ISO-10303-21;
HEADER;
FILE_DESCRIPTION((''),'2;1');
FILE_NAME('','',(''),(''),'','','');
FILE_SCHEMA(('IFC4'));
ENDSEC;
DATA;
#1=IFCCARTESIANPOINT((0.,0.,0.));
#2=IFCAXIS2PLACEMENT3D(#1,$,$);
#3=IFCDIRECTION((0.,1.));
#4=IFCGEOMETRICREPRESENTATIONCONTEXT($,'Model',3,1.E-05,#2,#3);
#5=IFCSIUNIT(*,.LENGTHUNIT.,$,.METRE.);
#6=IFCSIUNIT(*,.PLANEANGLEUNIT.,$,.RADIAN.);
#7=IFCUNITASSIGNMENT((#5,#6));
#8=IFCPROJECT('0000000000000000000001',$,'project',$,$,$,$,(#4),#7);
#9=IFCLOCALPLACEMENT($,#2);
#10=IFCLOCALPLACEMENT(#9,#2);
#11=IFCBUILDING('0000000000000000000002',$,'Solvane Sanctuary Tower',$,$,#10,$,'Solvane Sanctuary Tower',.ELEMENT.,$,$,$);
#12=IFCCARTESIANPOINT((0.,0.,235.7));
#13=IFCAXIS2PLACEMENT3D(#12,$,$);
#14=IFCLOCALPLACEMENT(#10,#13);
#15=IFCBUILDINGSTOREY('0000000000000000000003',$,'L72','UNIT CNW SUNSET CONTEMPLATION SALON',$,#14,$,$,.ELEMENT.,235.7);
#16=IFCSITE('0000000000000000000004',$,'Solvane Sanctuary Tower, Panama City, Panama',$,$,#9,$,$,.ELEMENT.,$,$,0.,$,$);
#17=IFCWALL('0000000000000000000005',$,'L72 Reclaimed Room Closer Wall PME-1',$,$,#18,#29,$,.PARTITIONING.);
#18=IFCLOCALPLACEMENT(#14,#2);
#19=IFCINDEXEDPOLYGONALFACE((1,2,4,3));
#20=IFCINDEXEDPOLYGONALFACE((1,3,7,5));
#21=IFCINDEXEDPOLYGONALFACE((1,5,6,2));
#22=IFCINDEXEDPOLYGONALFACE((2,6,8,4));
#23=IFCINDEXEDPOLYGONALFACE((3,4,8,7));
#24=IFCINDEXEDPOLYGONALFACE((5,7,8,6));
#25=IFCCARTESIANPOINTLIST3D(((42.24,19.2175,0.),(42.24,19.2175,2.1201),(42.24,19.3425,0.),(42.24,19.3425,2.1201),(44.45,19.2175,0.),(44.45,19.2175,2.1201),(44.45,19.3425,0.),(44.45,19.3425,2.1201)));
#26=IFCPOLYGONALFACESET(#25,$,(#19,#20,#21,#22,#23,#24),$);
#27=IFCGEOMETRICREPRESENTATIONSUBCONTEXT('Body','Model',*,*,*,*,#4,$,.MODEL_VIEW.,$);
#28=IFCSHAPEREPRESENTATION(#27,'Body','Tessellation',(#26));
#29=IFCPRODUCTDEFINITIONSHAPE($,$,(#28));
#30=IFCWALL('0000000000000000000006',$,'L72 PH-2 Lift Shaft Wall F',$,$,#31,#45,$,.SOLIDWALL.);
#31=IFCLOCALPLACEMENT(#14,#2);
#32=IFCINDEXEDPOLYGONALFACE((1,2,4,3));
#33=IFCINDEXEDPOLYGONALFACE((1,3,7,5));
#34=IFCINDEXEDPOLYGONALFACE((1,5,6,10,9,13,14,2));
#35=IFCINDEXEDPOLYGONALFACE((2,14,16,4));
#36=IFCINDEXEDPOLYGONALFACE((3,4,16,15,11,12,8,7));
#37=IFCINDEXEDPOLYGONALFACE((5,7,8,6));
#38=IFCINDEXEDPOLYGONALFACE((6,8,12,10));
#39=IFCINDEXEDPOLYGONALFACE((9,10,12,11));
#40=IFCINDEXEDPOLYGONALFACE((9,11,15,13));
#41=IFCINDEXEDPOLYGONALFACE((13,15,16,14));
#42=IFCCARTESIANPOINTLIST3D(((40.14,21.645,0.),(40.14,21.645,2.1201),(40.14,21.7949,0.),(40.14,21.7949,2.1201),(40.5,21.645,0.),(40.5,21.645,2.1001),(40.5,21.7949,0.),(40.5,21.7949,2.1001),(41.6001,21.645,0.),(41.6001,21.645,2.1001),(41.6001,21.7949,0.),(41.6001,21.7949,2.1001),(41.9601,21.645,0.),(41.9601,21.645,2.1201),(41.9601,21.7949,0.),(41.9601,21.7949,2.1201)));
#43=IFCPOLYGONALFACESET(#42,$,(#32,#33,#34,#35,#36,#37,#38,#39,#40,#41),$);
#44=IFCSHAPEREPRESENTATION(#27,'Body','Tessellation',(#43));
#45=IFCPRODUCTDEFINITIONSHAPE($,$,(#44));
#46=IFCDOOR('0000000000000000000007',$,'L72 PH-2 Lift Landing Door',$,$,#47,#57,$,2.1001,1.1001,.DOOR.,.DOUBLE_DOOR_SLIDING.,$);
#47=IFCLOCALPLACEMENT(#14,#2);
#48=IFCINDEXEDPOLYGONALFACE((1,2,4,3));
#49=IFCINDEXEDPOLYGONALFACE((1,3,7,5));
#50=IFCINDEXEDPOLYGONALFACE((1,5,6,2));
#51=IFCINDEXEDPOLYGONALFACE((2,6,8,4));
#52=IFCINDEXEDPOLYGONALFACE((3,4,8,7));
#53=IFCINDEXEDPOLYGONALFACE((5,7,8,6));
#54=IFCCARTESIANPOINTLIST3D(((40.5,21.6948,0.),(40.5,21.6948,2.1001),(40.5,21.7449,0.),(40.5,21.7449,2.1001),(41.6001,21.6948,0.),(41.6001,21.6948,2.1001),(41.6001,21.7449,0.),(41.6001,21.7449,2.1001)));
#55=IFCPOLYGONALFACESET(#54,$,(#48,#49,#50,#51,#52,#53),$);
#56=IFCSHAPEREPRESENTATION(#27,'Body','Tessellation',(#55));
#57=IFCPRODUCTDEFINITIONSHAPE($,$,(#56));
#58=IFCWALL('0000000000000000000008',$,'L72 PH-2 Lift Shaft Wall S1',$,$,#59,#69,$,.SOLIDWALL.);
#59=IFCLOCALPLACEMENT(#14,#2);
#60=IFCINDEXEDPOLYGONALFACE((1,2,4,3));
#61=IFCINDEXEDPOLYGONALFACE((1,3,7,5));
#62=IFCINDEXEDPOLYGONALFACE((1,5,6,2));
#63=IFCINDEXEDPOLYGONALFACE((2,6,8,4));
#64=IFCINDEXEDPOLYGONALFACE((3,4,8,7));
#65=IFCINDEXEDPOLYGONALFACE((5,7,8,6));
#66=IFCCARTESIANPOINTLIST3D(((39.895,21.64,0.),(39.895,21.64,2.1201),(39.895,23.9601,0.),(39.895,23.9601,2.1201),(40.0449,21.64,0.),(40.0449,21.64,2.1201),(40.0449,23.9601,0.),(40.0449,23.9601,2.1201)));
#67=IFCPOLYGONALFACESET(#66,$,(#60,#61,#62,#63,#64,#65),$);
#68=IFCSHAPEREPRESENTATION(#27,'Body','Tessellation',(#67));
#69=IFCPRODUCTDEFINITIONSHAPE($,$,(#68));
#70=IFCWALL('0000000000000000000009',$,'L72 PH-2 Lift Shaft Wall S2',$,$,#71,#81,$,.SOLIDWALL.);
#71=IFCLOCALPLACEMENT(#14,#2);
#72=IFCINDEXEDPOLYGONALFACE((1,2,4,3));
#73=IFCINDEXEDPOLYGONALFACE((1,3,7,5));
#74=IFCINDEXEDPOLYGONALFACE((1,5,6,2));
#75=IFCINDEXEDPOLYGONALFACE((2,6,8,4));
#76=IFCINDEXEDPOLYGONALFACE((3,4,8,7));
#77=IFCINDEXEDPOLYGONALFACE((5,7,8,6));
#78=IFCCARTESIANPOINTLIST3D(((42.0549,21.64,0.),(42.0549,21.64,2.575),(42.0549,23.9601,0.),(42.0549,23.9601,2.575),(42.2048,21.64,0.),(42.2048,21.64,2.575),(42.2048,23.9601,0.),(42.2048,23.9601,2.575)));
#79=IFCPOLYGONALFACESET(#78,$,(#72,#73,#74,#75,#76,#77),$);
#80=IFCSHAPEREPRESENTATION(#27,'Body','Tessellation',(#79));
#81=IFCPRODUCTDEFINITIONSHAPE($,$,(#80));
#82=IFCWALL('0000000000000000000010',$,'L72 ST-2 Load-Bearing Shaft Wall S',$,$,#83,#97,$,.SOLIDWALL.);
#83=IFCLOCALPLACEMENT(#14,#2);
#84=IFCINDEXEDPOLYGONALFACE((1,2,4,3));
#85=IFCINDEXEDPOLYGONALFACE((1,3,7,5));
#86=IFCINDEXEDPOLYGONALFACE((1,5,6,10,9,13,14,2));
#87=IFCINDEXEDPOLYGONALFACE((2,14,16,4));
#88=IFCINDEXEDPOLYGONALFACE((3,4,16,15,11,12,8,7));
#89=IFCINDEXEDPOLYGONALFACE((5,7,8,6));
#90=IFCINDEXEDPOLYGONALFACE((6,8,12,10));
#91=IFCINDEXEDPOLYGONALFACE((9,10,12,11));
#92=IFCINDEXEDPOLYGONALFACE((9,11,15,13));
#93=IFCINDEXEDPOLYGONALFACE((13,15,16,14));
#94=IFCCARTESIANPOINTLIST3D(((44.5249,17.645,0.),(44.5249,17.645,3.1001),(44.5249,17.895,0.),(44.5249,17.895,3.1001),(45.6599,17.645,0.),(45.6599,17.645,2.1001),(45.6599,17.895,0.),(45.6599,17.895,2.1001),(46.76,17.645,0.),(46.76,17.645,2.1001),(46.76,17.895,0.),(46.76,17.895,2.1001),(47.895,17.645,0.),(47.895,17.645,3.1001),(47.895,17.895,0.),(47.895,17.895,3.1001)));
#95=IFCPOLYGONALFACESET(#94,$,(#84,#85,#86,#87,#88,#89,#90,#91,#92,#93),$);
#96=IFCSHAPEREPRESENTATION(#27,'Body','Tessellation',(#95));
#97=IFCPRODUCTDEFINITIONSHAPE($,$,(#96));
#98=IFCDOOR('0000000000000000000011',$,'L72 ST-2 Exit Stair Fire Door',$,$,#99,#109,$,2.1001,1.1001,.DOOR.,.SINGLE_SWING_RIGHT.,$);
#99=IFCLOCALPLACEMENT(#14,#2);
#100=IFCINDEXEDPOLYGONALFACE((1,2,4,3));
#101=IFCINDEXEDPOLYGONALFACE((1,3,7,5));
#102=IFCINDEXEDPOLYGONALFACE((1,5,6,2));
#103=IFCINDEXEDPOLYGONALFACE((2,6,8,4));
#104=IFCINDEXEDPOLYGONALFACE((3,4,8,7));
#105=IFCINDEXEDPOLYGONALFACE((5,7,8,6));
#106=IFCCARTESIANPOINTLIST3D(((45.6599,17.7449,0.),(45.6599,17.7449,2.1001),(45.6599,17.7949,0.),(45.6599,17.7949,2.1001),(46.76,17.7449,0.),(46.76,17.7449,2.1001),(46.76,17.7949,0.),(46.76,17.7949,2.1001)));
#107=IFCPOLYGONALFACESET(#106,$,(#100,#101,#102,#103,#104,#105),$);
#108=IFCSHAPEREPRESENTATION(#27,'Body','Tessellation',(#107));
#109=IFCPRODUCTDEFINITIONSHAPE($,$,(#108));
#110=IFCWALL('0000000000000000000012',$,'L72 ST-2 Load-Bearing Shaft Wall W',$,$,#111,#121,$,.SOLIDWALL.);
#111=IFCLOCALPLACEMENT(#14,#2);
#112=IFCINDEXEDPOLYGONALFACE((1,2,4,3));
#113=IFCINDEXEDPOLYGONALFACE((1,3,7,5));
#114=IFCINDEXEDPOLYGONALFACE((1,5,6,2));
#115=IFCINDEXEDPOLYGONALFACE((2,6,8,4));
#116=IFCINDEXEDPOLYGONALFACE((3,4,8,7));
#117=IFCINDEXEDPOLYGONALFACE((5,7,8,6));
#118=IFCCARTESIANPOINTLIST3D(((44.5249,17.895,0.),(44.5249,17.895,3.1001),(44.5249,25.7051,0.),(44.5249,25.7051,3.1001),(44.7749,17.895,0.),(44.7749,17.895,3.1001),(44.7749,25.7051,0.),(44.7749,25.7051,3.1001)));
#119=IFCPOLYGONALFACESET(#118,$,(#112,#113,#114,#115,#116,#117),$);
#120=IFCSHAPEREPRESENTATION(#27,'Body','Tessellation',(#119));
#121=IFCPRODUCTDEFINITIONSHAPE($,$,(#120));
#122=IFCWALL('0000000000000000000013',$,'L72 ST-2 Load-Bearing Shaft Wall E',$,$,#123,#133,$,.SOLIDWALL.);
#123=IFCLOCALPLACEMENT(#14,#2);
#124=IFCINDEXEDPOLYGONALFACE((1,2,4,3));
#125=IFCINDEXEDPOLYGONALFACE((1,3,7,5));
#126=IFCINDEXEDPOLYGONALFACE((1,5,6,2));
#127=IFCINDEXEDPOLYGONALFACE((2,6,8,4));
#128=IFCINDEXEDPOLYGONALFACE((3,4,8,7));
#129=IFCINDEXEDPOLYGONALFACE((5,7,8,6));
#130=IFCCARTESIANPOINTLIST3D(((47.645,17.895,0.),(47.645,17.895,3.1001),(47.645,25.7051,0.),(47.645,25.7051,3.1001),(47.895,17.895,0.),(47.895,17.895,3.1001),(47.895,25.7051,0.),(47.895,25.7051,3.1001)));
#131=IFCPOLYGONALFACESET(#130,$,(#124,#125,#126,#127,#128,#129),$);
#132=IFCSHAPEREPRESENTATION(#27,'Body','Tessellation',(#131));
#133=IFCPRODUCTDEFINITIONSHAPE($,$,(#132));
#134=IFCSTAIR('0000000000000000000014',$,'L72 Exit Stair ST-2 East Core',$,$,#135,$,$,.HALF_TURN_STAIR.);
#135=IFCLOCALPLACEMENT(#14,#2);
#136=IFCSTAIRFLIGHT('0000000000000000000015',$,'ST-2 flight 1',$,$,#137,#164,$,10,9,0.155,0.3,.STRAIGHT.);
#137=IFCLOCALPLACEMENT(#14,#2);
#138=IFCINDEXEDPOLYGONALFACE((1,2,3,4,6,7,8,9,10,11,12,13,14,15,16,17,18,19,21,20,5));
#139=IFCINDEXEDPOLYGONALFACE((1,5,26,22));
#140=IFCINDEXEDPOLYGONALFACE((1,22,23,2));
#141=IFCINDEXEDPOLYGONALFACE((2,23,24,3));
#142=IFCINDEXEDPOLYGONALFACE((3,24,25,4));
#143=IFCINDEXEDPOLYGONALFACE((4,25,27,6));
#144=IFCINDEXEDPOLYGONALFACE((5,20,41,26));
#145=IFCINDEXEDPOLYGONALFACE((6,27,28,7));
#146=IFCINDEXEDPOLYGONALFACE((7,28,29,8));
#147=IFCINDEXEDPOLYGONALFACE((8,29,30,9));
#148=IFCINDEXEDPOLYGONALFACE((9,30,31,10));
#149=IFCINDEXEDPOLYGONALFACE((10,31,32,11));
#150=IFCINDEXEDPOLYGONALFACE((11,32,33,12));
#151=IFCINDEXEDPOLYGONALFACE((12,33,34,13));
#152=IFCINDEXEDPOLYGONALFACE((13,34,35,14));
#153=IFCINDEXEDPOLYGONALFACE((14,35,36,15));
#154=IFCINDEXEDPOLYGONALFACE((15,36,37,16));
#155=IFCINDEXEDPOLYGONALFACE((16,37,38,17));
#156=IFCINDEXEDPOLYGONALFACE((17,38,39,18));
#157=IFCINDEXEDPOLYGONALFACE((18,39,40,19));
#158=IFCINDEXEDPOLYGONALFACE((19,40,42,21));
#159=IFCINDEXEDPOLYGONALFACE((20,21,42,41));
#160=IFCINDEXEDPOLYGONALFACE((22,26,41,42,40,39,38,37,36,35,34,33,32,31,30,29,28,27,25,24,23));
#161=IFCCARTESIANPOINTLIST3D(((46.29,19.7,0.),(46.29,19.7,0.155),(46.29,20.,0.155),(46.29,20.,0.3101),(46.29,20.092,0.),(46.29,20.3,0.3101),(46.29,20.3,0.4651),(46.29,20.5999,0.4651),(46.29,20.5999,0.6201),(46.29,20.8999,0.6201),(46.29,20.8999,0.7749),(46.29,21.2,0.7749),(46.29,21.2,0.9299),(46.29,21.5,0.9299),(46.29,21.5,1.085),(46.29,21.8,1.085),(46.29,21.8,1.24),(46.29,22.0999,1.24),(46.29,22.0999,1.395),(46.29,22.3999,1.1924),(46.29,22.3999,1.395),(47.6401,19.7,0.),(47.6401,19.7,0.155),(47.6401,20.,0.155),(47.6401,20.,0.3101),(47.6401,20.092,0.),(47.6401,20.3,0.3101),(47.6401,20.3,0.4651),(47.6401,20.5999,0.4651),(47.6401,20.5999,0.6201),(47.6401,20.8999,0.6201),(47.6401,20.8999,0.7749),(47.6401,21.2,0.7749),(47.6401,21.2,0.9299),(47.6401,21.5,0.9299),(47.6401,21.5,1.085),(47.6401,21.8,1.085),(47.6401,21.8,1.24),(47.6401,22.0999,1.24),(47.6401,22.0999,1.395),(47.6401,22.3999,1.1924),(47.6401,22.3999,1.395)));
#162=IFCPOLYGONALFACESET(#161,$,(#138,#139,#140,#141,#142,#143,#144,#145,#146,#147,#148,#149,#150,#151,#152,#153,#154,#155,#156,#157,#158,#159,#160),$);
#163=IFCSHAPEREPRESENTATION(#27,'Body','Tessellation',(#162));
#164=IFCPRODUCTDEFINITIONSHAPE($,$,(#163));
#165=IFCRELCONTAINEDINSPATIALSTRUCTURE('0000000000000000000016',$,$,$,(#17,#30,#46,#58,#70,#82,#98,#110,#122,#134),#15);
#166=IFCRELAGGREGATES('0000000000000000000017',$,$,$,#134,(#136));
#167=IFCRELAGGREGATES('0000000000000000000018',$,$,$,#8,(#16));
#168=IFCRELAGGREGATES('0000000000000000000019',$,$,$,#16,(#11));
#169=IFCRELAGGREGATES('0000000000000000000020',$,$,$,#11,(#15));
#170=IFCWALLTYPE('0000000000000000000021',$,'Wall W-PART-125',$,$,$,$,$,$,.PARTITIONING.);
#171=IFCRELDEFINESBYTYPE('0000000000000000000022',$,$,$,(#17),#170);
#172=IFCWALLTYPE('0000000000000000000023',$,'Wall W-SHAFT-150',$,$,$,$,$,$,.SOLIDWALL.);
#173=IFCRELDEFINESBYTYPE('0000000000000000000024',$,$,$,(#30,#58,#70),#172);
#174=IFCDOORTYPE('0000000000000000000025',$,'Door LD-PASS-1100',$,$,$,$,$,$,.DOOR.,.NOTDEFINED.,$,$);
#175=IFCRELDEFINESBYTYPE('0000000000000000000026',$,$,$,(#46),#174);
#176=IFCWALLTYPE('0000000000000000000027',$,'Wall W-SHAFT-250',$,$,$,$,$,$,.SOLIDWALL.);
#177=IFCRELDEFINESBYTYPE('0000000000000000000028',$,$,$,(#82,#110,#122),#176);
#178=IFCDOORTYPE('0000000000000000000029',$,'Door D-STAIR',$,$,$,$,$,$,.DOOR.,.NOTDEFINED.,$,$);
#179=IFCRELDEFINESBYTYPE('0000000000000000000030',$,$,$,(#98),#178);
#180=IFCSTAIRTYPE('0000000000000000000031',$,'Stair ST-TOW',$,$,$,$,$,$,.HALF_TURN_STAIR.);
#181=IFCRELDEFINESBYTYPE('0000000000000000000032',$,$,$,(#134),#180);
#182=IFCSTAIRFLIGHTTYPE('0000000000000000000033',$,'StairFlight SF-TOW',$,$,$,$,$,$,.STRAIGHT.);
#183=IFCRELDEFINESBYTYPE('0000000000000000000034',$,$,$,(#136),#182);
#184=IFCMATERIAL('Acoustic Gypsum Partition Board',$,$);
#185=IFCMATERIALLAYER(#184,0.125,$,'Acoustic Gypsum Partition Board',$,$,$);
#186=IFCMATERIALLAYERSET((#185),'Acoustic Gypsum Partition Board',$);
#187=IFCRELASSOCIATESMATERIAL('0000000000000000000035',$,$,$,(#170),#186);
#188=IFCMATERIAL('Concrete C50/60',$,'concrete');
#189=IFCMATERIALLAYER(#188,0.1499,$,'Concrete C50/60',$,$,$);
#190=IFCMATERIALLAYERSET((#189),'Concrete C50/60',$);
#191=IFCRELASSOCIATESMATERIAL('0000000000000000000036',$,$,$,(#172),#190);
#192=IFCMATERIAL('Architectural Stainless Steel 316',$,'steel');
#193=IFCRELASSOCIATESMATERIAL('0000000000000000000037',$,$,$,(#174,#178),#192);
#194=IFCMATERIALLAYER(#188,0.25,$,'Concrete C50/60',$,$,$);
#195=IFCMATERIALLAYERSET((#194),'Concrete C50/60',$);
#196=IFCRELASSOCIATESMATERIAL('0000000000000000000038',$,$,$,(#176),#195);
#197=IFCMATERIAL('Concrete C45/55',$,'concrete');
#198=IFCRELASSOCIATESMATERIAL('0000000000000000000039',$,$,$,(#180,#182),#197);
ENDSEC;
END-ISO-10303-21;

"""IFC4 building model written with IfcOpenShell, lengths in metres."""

from ifc_helpers import new_model, si_unit, direction, frame, frame_2d, origin, place, context, subcontext, project, spatial, polyline, rectangle, outline, extrude, material, layer, layer_set, type_object, element, fill, aggregate, save


model = new_model("IFC4")

# Units and contexts
model_context = context("Model", 3, precision=1e-05, world=origin(), true_north=direction((0.0, 1.0)))
body_context = subcontext(model_context, "Body", "Model", "MODEL_VIEW")
ifc_project = project(units=[si_unit("LENGTHUNIT", "METRE"), si_unit("PLANEANGLEUNIT", "RADIAN")], contexts=[model_context])

# Site, building, storey
site_placement = place(None, origin())
site = spatial("IfcSite", under=ifc_project, at=site_placement, Name="Solvane Sanctuary Tower, Panama City, Panama", CompositionType="ELEMENT", RefElevation=0.0)
building_placement = place(site_placement, origin())
building = spatial("IfcBuilding", under=site, at=building_placement, Name="Solvane Sanctuary Tower", LongName="Solvane Sanctuary Tower", CompositionType="ELEMENT")
storey_placement = place(building_placement, frame((0.0, 0.0, 235.7)))
storey = spatial("IfcBuildingStorey", under=building, at=storey_placement, Name="L72", Description="UNIT CNW SUNSET CONTEMPLATION SALON", CompositionType="ELEMENT", Elevation=235.7)

# Shared definitions
ifc_material_1 = material(Name="Acoustic Gypsum Partition Board")

# Shared definitions
ifc_layer_1 = layer(ifc_material_1, 0.125, Name="Acoustic Gypsum Partition Board")
ifc_layer_set_1 = layer_set([ifc_layer_1], Name="Acoustic Gypsum Partition Board")
wall_type_1 = type_object("IfcWallType", Name="Wall W-PART-125", PredefinedType="PARTITIONING", material=ifc_layer_set_1)
ifc_material_2 = material(Name="Architectural Stainless Steel 316", Category="steel")

# Wall
wall_1_placement = place(storey_placement, frame((42.24, 19.28, 0.0), z_axis=(0.0, 0.0, 1.0), x_axis=(1.0, 0.0, 0.0)))
element("IfcWall", 1, at=wall_1_placement, inside=storey, type_object=wall_type_1, Name="L72 Reclaimed Room Closer Wall PME-1", PredefinedType="PARTITIONING", context=body_context, shape_type="SweptSolid", body=[
    extrude(rectangle(XDim=2.21, YDim=0.125, at=frame_2d((1.105, 0.0))), origin(), (0.0, 0.0, 1.0), 2.1201),
])

# Wall, opening, door
ifc_material_3 = material(Name="Concrete C50/60", Category="concrete")
ifc_layer_2 = layer(ifc_material_3, 0.1499, Name="Concrete C50/60")
ifc_layer_set_2 = layer_set([ifc_layer_2], Name="Concrete C50/60")
wall_type_2 = type_object("IfcWallType", Name="Wall W-SHAFT-150", PredefinedType="SOLIDWALL", material=ifc_layer_set_2)
wall_2_placement = place(storey_placement, frame((40.1399, 21.72, 0.0), z_axis=(0.0, 0.0, 1.0), x_axis=(1.0, 0.0, 0.0)))
wall_2 = element("IfcWall", 2, at=wall_2_placement, inside=storey, type_object=wall_type_2, Name="L72 PH-2 Lift Shaft Wall F", PredefinedType="SOLIDWALL", context=body_context, shape_type="SweptSolid", body=[
    extrude(rectangle(XDim=1.8201, YDim=0.1499, at=frame_2d((0.9102, 0.0))), origin(), (0.0, 0.0, 1.0), 2.1201),
])
opening_1_placement = place(wall_2_placement, frame((0.3601, 0.0, 0.0)))
opening_1 = element("IfcOpeningElement", 3, at=opening_1_placement, cuts=wall_2, PredefinedType="OPENING", context=body_context, shape_type="SweptSolid", body=[
    extrude(rectangle(XDim=1.1001, YDim=2.1001, at=frame_2d((0.55, 1.05))), frame((0.0, 0.085, 0.0), z_axis=(0.0, -1.0, 0.0), x_axis=(1.0, 0.0, 0.0)), (0.0, 0.0, 1.0), 0.1699),
])
door_type_1 = type_object("IfcDoorType", Name="Door LD-PASS-1100", OperationType="NOTDEFINED", PredefinedType="DOOR", material=ifc_material_2)
door_1_placement = place(opening_1_placement, origin())
door_1 = element("IfcDoor", 4, at=door_1_placement, inside=storey, type_object=door_type_1, Name="L72 PH-2 Lift Landing Door", OperationType="DOUBLE_DOOR_SLIDING", OverallHeight=2.1001, OverallWidth=1.1001, PredefinedType="DOOR", context=body_context, shape_type="SweptSolid", body=[
    extrude(rectangle(XDim=1.1001, YDim=2.1001, at=frame_2d((0.55, 1.05))), frame((0.0, 0.0249, 0.0), z_axis=(0.0, -1.0, 0.0), x_axis=(1.0, 0.0, 0.0)), (0.0, 0.0, 1.0), 0.05),
])
fill(opening_1, door_1)

# Walls
wall_3_placement = place(storey_placement, frame((39.97, 21.6399, 0.0), z_axis=(0.0, 0.0, 1.0), x_axis=(0.0, 1.0, 0.0)))
element("IfcWall", 5, at=wall_3_placement, inside=storey, type_object=wall_type_2, Name="L72 PH-2 Lift Shaft Wall S1", PredefinedType="SOLIDWALL", context=body_context, shape_type="SweptSolid", body=[
    extrude(rectangle(XDim=2.3201, YDim=0.1499, at=frame_2d((1.1602, 0.0))), origin(), (0.0, 0.0, 1.0), 2.1201),
])
wall_4_placement = place(storey_placement, frame((42.1299, 21.6399, 0.0), z_axis=(0.0, 0.0, 1.0), x_axis=(0.0, 1.0, 0.0)))
element("IfcWall", 6, at=wall_4_placement, inside=storey, type_object=wall_type_2, Name="L72 PH-2 Lift Shaft Wall S2", PredefinedType="SOLIDWALL", context=body_context, shape_type="SweptSolid", body=[
    extrude(rectangle(XDim=2.3201, YDim=0.1499, at=frame_2d((1.1602, 0.0))), origin(), (0.0, 0.0, 1.0), 2.575),
])

# Wall, opening, door
ifc_layer_3 = layer(ifc_material_3, 0.25, Name="Concrete C50/60")
ifc_layer_set_3 = layer_set([ifc_layer_3], Name="Concrete C50/60")
wall_type_3 = type_object("IfcWallType", Name="Wall W-SHAFT-250", PredefinedType="SOLIDWALL", material=ifc_layer_set_3)
wall_5_placement = place(storey_placement, frame((44.5249, 17.77, 0.0), z_axis=(0.0, 0.0, 1.0), x_axis=(1.0, 0.0, 0.0)))
wall_5 = element("IfcWall", 7, at=wall_5_placement, inside=storey, type_object=wall_type_3, Name="L72 ST-2 Load-Bearing Shaft Wall S", PredefinedType="SOLIDWALL", context=body_context, shape_type="SweptSolid", body=[
    extrude(rectangle(XDim=3.3701, YDim=0.25, at=frame_2d((1.6851, 0.0))), origin(), (0.0, 0.0, 1.0), 3.1001),
])
opening_2_placement = place(wall_5_placement, frame((1.135, 0.0, 0.0)))
opening_2 = element("IfcOpeningElement", 8, at=opening_2_placement, cuts=wall_5, PredefinedType="OPENING", context=body_context, shape_type="SweptSolid", body=[
    extrude(rectangle(XDim=1.1001, YDim=2.1001, at=frame_2d((0.55, 1.05))), frame((0.0, 0.135, 0.0), z_axis=(0.0, -1.0, 0.0), x_axis=(1.0, 0.0, 0.0)), (0.0, 0.0, 1.0), 0.27),
])
door_type_2 = type_object("IfcDoorType", Name="Door D-STAIR", OperationType="NOTDEFINED", PredefinedType="DOOR", material=ifc_material_2)
door_2_placement = place(opening_2_placement, origin())
door_2 = element("IfcDoor", 9, at=door_2_placement, inside=storey, type_object=door_type_2, Name="L72 ST-2 Exit Stair Fire Door", OperationType="SINGLE_SWING_RIGHT", OverallHeight=2.1001, OverallWidth=1.1001, PredefinedType="DOOR", context=body_context, shape_type="SweptSolid", body=[
    extrude(rectangle(XDim=1.1001, YDim=2.1001, at=frame_2d((0.55, 1.05))), frame((0.0, 0.0249, 0.0), z_axis=(0.0, -1.0, 0.0), x_axis=(1.0, 0.0, 0.0)), (0.0, 0.0, 1.0), 0.05),
])
fill(opening_2, door_2)

# Walls
for number, where, z_axis, x_axis, name in (
    (10, (44.6499, 17.895, 0.0), (0.0, 0.0, 1.0), (0.0, 1.0, 0.0), "L72 ST-2 Load-Bearing Shaft Wall W"),
    (11, (47.77, 17.895, 0.0), (0.0, 0.0, 1.0), (0.0, 1.0, 0.0), "L72 ST-2 Load-Bearing Shaft Wall E"),
):
    element("IfcWall", number, at=place(storey_placement, frame(where, z_axis=z_axis, x_axis=x_axis)), inside=storey, type_object=wall_type_3, Name=name, PredefinedType="SOLIDWALL", context=body_context, shape_type="SweptSolid", body=[
        extrude(rectangle(XDim=7.8101, YDim=0.25, at=frame_2d((3.905, 0.0))), origin(), (0.0, 0.0, 1.0), 3.1001),
    ])

# Stair, stair flight
ifc_material_4 = material(Name="Concrete C45/55", Category="concrete")
stair_type = type_object("IfcStairType", Name="Stair ST-TOW", PredefinedType="HALF_TURN_STAIR", material=ifc_material_4)
stair_placement = place(storey_placement, origin())
stair = element("IfcStair", 12, at=stair_placement, inside=storey, type_object=stair_type, Name="L72 Exit Stair ST-2 East Core", PredefinedType="HALF_TURN_STAIR")
stair_flight_type = type_object("IfcStairFlightType", Name="StairFlight SF-TOW", PredefinedType="STRAIGHT", material=ifc_material_4)
stair_flight_1_placement = place(storey_placement, frame((46.9651, 19.7, 0.0), z_axis=(0.0, 0.0, 1.0), x_axis=(0.0, 1.0, 0.0)))
stair_flight_1 = element("IfcStairFlight", 13, at=stair_flight_1_placement, type_object=stair_flight_type, Name="ST-2 flight 1", NumberOfRisers=10, NumberOfTreads=9, PredefinedType="STRAIGHT", RiserHeight=0.155, TreadLength=0.3, context=body_context, shape_type="SweptSolid", body=[
    extrude(outline(polyline([(0.0, 0.0), (0.0, 0.155), (0.3, 0.155), (0.3, 0.3101), (0.6001, 0.3101), (0.6001, 0.4651), (0.8999, 0.4651), (0.8999, 0.6201), (1.2, 0.6201), (1.2, 0.7749), (1.5, 0.7749), (1.5, 0.9299), (1.8, 0.9299), (1.8, 1.085), (2.1001, 1.085), (2.1001, 1.24), (2.3999, 1.24), (2.3999, 1.395), (2.7, 1.395), (2.7, 1.55), (2.7, 1.1924), (0.3921, 0.0), (0.0, 0.0)])), frame((0.0, 0.675, 0.0), z_axis=(0.0, -1.0, 0.0), x_axis=(1.0, 0.0, 0.0)), (0.0, 0.0, 1.0), 1.3501),
])
aggregate(stair, [stair_flight_1])

save(model, "model.ifc")
